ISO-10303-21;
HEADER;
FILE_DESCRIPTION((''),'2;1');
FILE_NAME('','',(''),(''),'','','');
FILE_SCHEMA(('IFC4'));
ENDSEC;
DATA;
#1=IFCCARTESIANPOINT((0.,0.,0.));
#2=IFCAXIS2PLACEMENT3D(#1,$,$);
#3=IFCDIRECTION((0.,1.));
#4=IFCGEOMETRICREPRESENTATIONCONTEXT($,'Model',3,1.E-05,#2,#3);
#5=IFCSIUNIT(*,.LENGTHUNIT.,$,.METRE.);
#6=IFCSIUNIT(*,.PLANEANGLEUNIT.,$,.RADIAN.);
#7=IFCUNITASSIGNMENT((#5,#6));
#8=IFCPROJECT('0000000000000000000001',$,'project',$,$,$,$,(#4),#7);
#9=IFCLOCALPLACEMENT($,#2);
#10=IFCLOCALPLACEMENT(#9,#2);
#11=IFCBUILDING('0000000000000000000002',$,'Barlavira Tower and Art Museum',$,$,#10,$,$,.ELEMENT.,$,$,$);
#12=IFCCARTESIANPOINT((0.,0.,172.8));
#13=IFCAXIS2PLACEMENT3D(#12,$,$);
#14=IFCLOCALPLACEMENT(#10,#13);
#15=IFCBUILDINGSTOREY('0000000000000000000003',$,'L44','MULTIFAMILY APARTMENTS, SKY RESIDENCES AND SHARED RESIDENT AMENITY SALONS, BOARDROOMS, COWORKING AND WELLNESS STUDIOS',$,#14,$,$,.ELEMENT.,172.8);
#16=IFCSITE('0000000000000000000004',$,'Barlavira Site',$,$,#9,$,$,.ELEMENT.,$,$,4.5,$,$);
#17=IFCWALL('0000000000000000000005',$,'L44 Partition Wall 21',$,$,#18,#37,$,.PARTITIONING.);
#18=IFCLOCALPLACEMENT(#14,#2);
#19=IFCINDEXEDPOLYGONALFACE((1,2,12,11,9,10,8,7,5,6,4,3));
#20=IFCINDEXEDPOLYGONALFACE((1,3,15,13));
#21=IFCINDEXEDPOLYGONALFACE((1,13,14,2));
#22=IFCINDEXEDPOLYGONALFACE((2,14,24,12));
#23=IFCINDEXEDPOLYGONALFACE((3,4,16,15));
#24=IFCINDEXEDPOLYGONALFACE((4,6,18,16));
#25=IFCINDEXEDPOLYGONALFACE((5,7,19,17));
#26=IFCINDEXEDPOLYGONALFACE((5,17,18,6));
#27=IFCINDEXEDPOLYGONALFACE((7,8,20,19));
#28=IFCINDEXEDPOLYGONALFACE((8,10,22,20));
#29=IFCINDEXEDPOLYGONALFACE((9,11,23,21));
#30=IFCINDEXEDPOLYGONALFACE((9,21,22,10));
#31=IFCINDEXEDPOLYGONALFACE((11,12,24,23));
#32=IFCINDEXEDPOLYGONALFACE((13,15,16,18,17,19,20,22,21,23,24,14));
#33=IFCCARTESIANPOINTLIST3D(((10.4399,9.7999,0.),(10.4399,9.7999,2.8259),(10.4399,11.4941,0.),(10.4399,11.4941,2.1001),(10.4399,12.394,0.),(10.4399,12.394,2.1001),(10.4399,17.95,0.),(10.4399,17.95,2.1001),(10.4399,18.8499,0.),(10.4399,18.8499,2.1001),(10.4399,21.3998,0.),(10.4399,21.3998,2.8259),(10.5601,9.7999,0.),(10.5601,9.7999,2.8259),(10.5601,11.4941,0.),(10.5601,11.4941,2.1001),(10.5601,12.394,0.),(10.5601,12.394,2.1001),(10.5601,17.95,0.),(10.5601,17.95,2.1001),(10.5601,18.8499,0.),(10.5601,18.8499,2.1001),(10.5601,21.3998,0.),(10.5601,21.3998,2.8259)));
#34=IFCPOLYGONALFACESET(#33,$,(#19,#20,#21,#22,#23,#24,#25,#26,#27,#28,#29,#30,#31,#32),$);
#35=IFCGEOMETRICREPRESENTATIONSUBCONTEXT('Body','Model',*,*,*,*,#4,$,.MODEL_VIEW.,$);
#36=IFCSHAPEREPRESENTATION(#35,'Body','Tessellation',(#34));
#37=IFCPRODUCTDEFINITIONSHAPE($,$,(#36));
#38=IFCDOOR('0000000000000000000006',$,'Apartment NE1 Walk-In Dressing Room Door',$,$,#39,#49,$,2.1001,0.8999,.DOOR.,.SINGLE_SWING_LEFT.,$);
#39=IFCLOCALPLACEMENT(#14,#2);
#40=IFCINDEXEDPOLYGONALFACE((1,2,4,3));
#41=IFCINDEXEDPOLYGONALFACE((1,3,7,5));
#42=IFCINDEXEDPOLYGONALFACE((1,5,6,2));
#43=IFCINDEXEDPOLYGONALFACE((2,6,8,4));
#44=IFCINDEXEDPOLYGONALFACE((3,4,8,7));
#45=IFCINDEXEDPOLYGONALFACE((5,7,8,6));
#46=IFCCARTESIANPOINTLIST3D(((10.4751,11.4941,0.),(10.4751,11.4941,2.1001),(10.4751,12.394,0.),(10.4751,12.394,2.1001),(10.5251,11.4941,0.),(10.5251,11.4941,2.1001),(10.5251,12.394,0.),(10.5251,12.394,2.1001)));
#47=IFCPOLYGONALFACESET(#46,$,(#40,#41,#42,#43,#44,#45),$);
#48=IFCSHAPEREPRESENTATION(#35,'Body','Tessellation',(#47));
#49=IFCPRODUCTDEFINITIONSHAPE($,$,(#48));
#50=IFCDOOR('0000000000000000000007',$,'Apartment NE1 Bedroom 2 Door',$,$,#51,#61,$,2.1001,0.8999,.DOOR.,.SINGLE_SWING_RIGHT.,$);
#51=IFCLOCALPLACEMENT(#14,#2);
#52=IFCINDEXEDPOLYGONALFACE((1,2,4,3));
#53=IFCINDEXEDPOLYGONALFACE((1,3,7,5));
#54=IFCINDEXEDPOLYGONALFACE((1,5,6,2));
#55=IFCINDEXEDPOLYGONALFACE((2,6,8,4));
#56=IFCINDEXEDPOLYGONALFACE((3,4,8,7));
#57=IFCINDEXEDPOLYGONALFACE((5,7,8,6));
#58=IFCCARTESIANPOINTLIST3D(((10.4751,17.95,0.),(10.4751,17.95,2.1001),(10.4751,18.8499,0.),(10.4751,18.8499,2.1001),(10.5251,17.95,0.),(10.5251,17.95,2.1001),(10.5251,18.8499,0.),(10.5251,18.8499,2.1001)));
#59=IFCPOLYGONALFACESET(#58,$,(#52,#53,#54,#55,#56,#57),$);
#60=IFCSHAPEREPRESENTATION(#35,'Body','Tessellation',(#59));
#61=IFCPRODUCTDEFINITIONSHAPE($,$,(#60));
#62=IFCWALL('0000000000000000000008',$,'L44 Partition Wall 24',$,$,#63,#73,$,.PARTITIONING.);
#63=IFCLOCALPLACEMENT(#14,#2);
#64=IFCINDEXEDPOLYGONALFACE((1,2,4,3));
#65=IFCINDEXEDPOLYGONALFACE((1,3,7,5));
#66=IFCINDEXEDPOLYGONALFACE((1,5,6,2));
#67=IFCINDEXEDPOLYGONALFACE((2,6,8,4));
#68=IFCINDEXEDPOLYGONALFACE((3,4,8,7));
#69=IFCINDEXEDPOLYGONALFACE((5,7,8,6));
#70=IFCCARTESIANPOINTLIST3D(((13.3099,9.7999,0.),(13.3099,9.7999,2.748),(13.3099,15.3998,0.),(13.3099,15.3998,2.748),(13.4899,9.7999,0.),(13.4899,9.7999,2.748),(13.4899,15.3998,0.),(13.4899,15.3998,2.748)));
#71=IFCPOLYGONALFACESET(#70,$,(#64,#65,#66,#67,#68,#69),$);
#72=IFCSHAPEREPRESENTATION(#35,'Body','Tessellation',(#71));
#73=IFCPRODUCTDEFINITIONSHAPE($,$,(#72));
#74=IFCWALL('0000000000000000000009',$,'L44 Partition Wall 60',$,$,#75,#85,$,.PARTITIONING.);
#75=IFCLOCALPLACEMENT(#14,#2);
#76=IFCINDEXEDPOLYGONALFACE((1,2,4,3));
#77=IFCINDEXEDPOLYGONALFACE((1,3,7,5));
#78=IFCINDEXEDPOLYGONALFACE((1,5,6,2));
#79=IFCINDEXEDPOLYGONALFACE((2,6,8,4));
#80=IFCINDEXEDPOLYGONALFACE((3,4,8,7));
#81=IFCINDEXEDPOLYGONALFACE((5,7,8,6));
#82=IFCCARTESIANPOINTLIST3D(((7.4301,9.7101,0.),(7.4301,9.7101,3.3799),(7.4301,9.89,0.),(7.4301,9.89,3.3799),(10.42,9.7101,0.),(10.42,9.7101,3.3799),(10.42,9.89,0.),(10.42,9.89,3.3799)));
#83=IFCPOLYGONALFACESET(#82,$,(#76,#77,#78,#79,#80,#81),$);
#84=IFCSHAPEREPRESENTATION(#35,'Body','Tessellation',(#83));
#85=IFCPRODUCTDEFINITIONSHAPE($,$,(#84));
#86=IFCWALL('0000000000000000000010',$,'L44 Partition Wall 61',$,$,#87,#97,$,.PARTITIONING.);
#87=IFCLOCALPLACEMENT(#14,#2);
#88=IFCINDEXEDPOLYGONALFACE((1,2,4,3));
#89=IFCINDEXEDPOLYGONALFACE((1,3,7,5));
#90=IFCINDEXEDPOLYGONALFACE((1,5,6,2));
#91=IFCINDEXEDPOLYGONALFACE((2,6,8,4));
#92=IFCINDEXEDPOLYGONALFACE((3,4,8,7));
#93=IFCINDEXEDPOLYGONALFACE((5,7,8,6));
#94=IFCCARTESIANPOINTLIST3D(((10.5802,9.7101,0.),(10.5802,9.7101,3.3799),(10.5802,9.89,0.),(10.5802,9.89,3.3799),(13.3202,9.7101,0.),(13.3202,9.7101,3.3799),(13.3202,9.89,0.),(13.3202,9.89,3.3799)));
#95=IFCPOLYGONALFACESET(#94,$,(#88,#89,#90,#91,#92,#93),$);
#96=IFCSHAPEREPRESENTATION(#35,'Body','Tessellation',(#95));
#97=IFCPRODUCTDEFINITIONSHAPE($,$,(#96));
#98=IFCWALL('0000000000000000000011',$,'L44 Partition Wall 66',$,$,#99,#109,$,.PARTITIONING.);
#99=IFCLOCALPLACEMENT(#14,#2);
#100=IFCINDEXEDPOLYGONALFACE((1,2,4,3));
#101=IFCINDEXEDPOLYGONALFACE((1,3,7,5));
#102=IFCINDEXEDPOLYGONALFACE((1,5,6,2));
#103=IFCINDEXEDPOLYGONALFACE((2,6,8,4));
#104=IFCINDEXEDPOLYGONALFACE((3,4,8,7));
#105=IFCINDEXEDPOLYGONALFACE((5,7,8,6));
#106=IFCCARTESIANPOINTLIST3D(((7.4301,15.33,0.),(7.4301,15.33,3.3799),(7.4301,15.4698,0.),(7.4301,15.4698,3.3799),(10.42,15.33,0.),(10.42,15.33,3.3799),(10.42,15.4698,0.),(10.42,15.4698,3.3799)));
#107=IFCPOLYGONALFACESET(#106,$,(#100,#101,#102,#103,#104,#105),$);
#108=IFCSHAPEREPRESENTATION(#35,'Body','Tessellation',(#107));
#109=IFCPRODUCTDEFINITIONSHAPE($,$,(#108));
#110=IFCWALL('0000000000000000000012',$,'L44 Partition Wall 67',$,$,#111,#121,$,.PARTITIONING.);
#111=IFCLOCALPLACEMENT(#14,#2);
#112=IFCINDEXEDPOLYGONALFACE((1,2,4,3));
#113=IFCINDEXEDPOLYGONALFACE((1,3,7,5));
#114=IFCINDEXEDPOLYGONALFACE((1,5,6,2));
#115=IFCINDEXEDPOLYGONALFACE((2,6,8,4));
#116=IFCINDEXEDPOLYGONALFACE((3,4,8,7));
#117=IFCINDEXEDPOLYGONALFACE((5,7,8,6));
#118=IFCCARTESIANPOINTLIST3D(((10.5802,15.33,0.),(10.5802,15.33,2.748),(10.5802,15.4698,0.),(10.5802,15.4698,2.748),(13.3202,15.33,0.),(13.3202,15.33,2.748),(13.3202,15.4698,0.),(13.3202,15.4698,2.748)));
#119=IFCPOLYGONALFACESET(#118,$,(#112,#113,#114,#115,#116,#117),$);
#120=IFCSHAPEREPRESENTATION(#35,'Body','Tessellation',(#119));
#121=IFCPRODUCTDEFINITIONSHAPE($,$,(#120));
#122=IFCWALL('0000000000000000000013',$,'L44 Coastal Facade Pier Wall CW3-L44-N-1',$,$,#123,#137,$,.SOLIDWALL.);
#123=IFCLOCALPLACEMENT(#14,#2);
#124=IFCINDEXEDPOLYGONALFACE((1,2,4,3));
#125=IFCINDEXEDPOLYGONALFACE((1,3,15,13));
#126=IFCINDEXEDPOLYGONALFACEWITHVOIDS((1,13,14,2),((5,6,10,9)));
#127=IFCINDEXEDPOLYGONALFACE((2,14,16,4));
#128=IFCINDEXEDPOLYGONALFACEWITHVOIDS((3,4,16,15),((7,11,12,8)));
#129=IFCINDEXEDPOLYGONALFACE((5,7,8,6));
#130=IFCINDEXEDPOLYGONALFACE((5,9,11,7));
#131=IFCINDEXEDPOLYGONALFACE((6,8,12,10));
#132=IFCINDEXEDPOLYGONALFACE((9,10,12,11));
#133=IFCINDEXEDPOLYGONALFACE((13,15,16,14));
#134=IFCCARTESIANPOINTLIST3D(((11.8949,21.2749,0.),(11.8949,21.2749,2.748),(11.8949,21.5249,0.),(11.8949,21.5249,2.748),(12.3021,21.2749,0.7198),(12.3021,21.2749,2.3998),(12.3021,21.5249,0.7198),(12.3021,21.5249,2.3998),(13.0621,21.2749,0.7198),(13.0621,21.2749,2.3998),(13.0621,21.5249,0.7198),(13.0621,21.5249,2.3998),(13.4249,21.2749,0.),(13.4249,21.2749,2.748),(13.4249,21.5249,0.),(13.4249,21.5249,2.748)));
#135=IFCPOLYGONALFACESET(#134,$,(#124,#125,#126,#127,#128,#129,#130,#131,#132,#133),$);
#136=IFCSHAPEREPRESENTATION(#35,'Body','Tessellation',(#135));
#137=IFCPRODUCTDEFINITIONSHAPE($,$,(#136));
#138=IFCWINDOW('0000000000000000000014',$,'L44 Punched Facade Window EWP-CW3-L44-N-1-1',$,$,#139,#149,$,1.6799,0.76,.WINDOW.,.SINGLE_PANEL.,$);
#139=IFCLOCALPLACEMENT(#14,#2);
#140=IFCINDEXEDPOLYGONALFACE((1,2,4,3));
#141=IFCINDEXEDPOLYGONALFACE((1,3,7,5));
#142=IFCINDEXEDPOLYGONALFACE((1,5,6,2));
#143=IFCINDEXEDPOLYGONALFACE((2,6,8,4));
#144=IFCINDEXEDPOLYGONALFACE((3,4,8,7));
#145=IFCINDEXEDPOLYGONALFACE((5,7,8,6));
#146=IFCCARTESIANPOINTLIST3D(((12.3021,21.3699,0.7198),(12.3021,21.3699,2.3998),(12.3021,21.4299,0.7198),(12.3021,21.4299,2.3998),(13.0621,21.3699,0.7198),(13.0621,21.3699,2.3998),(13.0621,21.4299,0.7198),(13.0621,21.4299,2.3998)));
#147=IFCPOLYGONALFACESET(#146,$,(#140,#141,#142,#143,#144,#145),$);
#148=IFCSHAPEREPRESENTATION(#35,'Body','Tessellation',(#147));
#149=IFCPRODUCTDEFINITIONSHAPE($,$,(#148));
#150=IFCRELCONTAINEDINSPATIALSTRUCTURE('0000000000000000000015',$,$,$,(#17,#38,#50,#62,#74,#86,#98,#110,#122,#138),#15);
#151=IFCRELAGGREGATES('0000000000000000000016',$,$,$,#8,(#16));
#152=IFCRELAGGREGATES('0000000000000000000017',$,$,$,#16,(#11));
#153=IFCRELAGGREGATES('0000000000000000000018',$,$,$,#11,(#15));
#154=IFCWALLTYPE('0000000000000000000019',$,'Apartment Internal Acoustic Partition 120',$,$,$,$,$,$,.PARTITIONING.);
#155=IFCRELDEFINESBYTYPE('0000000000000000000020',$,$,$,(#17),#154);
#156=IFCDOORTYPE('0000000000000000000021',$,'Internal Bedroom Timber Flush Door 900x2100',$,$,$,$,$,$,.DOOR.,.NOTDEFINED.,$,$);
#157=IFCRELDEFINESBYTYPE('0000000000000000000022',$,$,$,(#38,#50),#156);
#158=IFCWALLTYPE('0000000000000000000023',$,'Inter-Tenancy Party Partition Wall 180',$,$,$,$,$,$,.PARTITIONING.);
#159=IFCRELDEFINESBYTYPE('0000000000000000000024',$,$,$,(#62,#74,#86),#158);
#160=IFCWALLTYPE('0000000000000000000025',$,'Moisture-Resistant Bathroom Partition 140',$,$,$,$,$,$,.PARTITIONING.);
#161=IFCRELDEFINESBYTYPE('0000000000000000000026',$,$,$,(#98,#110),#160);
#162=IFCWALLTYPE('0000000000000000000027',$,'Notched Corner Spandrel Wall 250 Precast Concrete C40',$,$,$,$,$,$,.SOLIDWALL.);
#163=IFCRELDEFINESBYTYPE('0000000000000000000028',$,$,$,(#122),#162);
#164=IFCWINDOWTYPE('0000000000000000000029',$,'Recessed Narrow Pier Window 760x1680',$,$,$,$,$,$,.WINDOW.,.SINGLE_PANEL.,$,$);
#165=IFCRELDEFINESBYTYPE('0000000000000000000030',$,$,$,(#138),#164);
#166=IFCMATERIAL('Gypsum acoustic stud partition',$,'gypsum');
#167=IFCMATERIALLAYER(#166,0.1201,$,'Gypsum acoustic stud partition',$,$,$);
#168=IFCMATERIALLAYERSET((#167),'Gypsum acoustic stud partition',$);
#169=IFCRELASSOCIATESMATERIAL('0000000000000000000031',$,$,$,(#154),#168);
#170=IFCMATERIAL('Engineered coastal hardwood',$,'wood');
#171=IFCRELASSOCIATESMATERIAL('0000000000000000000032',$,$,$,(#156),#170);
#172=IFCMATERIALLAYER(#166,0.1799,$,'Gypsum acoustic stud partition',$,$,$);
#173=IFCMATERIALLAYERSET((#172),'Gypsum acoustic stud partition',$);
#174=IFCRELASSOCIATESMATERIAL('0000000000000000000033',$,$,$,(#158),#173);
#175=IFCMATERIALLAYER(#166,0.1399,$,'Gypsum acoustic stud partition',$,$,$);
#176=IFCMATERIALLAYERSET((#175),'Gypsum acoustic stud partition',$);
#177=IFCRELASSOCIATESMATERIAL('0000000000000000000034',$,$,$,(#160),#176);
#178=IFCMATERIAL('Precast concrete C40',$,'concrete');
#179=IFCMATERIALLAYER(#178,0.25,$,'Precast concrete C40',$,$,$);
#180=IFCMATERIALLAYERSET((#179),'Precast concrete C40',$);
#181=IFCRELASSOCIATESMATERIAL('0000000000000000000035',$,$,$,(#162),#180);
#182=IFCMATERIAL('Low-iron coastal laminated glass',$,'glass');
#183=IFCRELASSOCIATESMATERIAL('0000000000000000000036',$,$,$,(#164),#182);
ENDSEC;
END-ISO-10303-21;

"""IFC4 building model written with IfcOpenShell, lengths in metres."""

from ifc_helpers import new_model, si_unit, direction, frame, frame_2d, origin, place, context, subcontext, project, spatial, rectangle, extrude, material, layer, layer_set, type_object, element, fill, save


model = new_model("IFC4")

# Units and contexts
model_context = context("Model", 3, precision=1e-05, world=origin(), true_north=direction((0.0, 1.0)))
body_context = subcontext(model_context, "Body", "Model", "MODEL_VIEW")
ifc_project = project(units=[si_unit("LENGTHUNIT", "METRE"), si_unit("PLANEANGLEUNIT", "RADIAN")], contexts=[model_context])

# Site, building, storey
site_placement = place(None, origin())
site = spatial("IfcSite", under=ifc_project, at=site_placement, Name="Barlavira Site", CompositionType="ELEMENT", RefElevation=4.5)
building_placement = place(site_placement, origin())
building = spatial("IfcBuilding", under=site, at=building_placement, Name="Barlavira Tower and Art Museum", CompositionType="ELEMENT")
storey_placement = place(building_placement, frame((0.0, 0.0, 172.8)))
storey = spatial("IfcBuildingStorey", under=building, at=storey_placement, Name="L44", Description="MULTIFAMILY APARTMENTS, SKY RESIDENCES AND SHARED RESIDENT AMENITY SALONS, BOARDROOMS, COWORKING AND WELLNESS STUDIOS", CompositionType="ELEMENT", Elevation=172.8)

# Wall, openings, doors
ifc_material_1 = material(Name="Gypsum acoustic stud partition", Category="gypsum")
ifc_layer_1 = layer(ifc_material_1, 0.1201, Name="Gypsum acoustic stud partition")
ifc_layer_set_1 = layer_set([ifc_layer_1], Name="Gypsum acoustic stud partition")
wall_type_1 = type_object("IfcWallType", Name="Apartment Internal Acoustic Partition 120", PredefinedType="PARTITIONING", material=ifc_layer_set_1)
wall_1_placement = place(storey_placement, frame((10.5, 9.8, 0.0), z_axis=(0.0, 0.0, 1.0), x_axis=(0.0, 1.0, 0.0)))
wall_1 = element("IfcWall", 1, at=wall_1_placement, inside=storey, type_object=wall_type_1, Name="L44 Partition Wall 21", PredefinedType="PARTITIONING", context=body_context, shape_type="SweptSolid", body=[
    extrude(rectangle(XDim=11.5999, YDim=0.1201, at=frame_2d((5.7998, 0.0))), origin(), (0.0, 0.0, 1.0), 2.8259),
])
opening_1_placement = place(wall_1_placement, frame((1.6941, 0.0, 0.0)))
opening_1 = element("IfcOpeningElement", 2, at=opening_1_placement, cuts=wall_1, PredefinedType="OPENING", context=body_context, shape_type="SweptSolid", body=[
    extrude(rectangle(XDim=0.8999, YDim=2.1001, at=frame_2d((0.45, 1.05))), frame((0.0, 0.0701, 0.0), z_axis=(0.0, -1.0, 0.0), x_axis=(1.0, 0.0, 0.0)), (0.0, 0.0, 1.0), 0.1401),
])
opening_2_placement = place(wall_1_placement, frame((8.1499, 0.0, 0.0)))
opening_2 = element("IfcOpeningElement", 3, at=opening_2_placement, cuts=wall_1, PredefinedType="OPENING", context=body_context, shape_type="SweptSolid", body=[
    extrude(rectangle(XDim=0.8999, YDim=2.1001, at=frame_2d((0.45, 1.05))), frame((0.0, 0.0701, 0.0), z_axis=(0.0, -1.0, 0.0), x_axis=(1.0, 0.0, 0.0)), (0.0, 0.0, 1.0), 0.1401),
])
ifc_material_2 = material(Name="Engineered coastal hardwood", Category="wood")
door_type = type_object("IfcDoorType", Name="Internal Bedroom Timber Flush Door 900x2100", OperationType="NOTDEFINED", PredefinedType="DOOR", material=ifc_material_2)
door_1_placement = place(opening_1_placement, origin())
door_1 = element("IfcDoor", 4, at=door_1_placement, inside=storey, type_object=door_type, Name="Apartment NE1 Walk-In Dressing Room Door", OperationType="SINGLE_SWING_LEFT", OverallHeight=2.1001, OverallWidth=0.8999, PredefinedType="DOOR", context=body_context, shape_type="SweptSolid", body=[
    extrude(rectangle(XDim=0.8999, YDim=2.1001, at=frame_2d((0.45, 1.05))), frame((0.0, 0.0249, 0.0), z_axis=(0.0, -1.0, 0.0), x_axis=(1.0, 0.0, 0.0)), (0.0, 0.0, 1.0), 0.05),
])
fill(opening_1, door_1)
door_2_placement = place(opening_2_placement, origin())
door_2 = element("IfcDoor", 5, at=door_2_placement, inside=storey, type_object=door_type, Name="Apartment NE1 Bedroom 2 Door", OperationType="SINGLE_SWING_RIGHT", OverallHeight=2.1001, OverallWidth=0.8999, PredefinedType="DOOR", context=body_context, shape_type="SweptSolid", body=[
    extrude(rectangle(XDim=0.8999, YDim=2.1001, at=frame_2d((0.45, 1.05))), frame((0.0, 0.0249, 0.0), z_axis=(0.0, -1.0, 0.0), x_axis=(1.0, 0.0, 0.0)), (0.0, 0.0, 1.0), 0.05),
])
fill(opening_2, door_2)

# Walls
ifc_layer_2 = layer(ifc_material_1, 0.1799, Name="Gypsum acoustic stud partition")
ifc_layer_set_2 = layer_set([ifc_layer_2], Name="Gypsum acoustic stud partition")
wall_type_2 = type_object("IfcWallType", Name="Inter-Tenancy Party Partition Wall 180", PredefinedType="PARTITIONING", material=ifc_layer_set_2)
wall_2_placement = place(storey_placement, frame((13.3999, 9.8, 0.0), z_axis=(0.0, 0.0, 1.0), x_axis=(0.0, 1.0, 0.0)))
element("IfcWall", 6, at=wall_2_placement, inside=storey, type_object=wall_type_2, Name="L44 Partition Wall 24", PredefinedType="PARTITIONING", context=body_context, shape_type="SweptSolid", body=[
    extrude(rectangle(XDim=5.5999, YDim=0.1799, at=frame_2d((2.7998, 0.0))), origin(), (0.0, 0.0, 1.0), 2.748),
])
wall_3_placement = place(storey_placement, frame((7.4299, 9.8, 0.0), z_axis=(0.0, 0.0, 1.0), x_axis=(1.0, 0.0, 0.0)))
element("IfcWall", 7, at=wall_3_placement, inside=storey, type_object=wall_type_2, Name="L44 Partition Wall 60", PredefinedType="PARTITIONING", context=body_context, shape_type="SweptSolid", body=[
    extrude(rectangle(XDim=2.99, YDim=0.1799, at=frame_2d((1.4951, 0.0))), origin(), (0.0, 0.0, 1.0), 3.3799),
])
wall_4_placement = place(storey_placement, frame((10.5801, 9.8, 0.0), z_axis=(0.0, 0.0, 1.0), x_axis=(1.0, 0.0, 0.0)))
element("IfcWall", 8, at=wall_4_placement, inside=storey, type_object=wall_type_2, Name="L44 Partition Wall 61", PredefinedType="PARTITIONING", context=body_context, shape_type="SweptSolid", body=[
    extrude(rectangle(XDim=2.74, YDim=0.1799, at=frame_2d((1.3701, 0.0))), origin(), (0.0, 0.0, 1.0), 3.3799),
])
ifc_layer_3 = layer(ifc_material_1, 0.1399, Name="Gypsum acoustic stud partition")
ifc_layer_set_3 = layer_set([ifc_layer_3], Name="Gypsum acoustic stud partition")
wall_type_3 = type_object("IfcWallType", Name="Moisture-Resistant Bathroom Partition 140", PredefinedType="PARTITIONING", material=ifc_layer_set_3)
wall_5_placement = place(storey_placement, frame((7.4299, 15.3999, 0.0), z_axis=(0.0, 0.0, 1.0), x_axis=(1.0, 0.0, 0.0)))
element("IfcWall", 9, at=wall_5_placement, inside=storey, type_object=wall_type_3, Name="L44 Partition Wall 66", PredefinedType="PARTITIONING", context=body_context, shape_type="SweptSolid", body=[
    extrude(rectangle(XDim=2.99, YDim=0.1399, at=frame_2d((1.4951, 0.0))), origin(), (0.0, 0.0, 1.0), 3.3799),
])
wall_6_placement = place(storey_placement, frame((10.5801, 15.3999, 0.0), z_axis=(0.0, 0.0, 1.0), x_axis=(1.0, 0.0, 0.0)))
element("IfcWall", 10, at=wall_6_placement, inside=storey, type_object=wall_type_3, Name="L44 Partition Wall 67", PredefinedType="PARTITIONING", context=body_context, shape_type="SweptSolid", body=[
    extrude(rectangle(XDim=2.74, YDim=0.1399, at=frame_2d((1.3701, 0.0))), origin(), (0.0, 0.0, 1.0), 2.748),
])

# Wall, opening, window
ifc_material_3 = material(Name="Precast concrete C40", Category="concrete")
ifc_layer_4 = layer(ifc_material_3, 0.25, Name="Precast concrete C40")
ifc_layer_set_4 = layer_set([ifc_layer_4], Name="Precast concrete C40")
wall_type_4 = type_object("IfcWallType", Name="Notched Corner Spandrel Wall 250 Precast Concrete C40", PredefinedType="SOLIDWALL", material=ifc_layer_set_4)
wall_7_placement = place(storey_placement, frame((13.425, 21.3999, 0.0), z_axis=(0.0, 0.0, 1.0), x_axis=(-1.0, 0.0, 0.0)))
wall_7 = element("IfcWall", 11, at=wall_7_placement, inside=storey, type_object=wall_type_4, Name="L44 Coastal Facade Pier Wall CW3-L44-N-1", PredefinedType="SOLIDWALL", context=body_context, shape_type="SweptSolid", body=[
    extrude(rectangle(XDim=1.53, YDim=0.25, at=frame_2d((0.7651, 0.0))), origin(), (0.0, 0.0, 1.0), 2.748),
])
opening_3_placement = place(wall_7_placement, frame((0.363, 0.0, 0.72)))
opening_3 = element("IfcOpeningElement", 12, at=opening_3_placement, cuts=wall_7, PredefinedType="OPENING", context=body_context, shape_type="SweptSolid", body=[
    extrude(rectangle(XDim=0.76, YDim=1.6799, at=frame_2d((0.3799, 0.8398))), frame((0.0, 0.135, 0.0), z_axis=(0.0, -1.0, 0.0), x_axis=(1.0, 0.0, 0.0)), (0.0, 0.0, 1.0), 0.27),
])
ifc_material_4 = material(Name="Low-iron coastal laminated glass", Category="glass")
window_type_1 = type_object("IfcWindowType", Name="Recessed Narrow Pier Window 760x1680", PartitioningType="SINGLE_PANEL", PredefinedType="WINDOW", material=ifc_material_4)
window_1_placement = place(opening_3_placement, origin())
window_1 = element("IfcWindow", 13, at=window_1_placement, inside=storey, type_object=window_type_1, Name="L44 Punched Facade Window EWP-CW3-L44-N-1-1", OverallHeight=1.6799, OverallWidth=0.76, PartitioningType="SINGLE_PANEL", PredefinedType="WINDOW", context=body_context, shape_type="SweptSolid", body=[
    extrude(rectangle(XDim=0.76, YDim=1.6799, at=frame_2d((0.3799, 0.8398))), frame((0.0, 0.03, 0.0), z_axis=(0.0, -1.0, 0.0), x_axis=(1.0, 0.0, 0.0)), (0.0, 0.0, 1.0), 0.0601),
])
fill(opening_3, window_1)

save(model, "model.ifc")
